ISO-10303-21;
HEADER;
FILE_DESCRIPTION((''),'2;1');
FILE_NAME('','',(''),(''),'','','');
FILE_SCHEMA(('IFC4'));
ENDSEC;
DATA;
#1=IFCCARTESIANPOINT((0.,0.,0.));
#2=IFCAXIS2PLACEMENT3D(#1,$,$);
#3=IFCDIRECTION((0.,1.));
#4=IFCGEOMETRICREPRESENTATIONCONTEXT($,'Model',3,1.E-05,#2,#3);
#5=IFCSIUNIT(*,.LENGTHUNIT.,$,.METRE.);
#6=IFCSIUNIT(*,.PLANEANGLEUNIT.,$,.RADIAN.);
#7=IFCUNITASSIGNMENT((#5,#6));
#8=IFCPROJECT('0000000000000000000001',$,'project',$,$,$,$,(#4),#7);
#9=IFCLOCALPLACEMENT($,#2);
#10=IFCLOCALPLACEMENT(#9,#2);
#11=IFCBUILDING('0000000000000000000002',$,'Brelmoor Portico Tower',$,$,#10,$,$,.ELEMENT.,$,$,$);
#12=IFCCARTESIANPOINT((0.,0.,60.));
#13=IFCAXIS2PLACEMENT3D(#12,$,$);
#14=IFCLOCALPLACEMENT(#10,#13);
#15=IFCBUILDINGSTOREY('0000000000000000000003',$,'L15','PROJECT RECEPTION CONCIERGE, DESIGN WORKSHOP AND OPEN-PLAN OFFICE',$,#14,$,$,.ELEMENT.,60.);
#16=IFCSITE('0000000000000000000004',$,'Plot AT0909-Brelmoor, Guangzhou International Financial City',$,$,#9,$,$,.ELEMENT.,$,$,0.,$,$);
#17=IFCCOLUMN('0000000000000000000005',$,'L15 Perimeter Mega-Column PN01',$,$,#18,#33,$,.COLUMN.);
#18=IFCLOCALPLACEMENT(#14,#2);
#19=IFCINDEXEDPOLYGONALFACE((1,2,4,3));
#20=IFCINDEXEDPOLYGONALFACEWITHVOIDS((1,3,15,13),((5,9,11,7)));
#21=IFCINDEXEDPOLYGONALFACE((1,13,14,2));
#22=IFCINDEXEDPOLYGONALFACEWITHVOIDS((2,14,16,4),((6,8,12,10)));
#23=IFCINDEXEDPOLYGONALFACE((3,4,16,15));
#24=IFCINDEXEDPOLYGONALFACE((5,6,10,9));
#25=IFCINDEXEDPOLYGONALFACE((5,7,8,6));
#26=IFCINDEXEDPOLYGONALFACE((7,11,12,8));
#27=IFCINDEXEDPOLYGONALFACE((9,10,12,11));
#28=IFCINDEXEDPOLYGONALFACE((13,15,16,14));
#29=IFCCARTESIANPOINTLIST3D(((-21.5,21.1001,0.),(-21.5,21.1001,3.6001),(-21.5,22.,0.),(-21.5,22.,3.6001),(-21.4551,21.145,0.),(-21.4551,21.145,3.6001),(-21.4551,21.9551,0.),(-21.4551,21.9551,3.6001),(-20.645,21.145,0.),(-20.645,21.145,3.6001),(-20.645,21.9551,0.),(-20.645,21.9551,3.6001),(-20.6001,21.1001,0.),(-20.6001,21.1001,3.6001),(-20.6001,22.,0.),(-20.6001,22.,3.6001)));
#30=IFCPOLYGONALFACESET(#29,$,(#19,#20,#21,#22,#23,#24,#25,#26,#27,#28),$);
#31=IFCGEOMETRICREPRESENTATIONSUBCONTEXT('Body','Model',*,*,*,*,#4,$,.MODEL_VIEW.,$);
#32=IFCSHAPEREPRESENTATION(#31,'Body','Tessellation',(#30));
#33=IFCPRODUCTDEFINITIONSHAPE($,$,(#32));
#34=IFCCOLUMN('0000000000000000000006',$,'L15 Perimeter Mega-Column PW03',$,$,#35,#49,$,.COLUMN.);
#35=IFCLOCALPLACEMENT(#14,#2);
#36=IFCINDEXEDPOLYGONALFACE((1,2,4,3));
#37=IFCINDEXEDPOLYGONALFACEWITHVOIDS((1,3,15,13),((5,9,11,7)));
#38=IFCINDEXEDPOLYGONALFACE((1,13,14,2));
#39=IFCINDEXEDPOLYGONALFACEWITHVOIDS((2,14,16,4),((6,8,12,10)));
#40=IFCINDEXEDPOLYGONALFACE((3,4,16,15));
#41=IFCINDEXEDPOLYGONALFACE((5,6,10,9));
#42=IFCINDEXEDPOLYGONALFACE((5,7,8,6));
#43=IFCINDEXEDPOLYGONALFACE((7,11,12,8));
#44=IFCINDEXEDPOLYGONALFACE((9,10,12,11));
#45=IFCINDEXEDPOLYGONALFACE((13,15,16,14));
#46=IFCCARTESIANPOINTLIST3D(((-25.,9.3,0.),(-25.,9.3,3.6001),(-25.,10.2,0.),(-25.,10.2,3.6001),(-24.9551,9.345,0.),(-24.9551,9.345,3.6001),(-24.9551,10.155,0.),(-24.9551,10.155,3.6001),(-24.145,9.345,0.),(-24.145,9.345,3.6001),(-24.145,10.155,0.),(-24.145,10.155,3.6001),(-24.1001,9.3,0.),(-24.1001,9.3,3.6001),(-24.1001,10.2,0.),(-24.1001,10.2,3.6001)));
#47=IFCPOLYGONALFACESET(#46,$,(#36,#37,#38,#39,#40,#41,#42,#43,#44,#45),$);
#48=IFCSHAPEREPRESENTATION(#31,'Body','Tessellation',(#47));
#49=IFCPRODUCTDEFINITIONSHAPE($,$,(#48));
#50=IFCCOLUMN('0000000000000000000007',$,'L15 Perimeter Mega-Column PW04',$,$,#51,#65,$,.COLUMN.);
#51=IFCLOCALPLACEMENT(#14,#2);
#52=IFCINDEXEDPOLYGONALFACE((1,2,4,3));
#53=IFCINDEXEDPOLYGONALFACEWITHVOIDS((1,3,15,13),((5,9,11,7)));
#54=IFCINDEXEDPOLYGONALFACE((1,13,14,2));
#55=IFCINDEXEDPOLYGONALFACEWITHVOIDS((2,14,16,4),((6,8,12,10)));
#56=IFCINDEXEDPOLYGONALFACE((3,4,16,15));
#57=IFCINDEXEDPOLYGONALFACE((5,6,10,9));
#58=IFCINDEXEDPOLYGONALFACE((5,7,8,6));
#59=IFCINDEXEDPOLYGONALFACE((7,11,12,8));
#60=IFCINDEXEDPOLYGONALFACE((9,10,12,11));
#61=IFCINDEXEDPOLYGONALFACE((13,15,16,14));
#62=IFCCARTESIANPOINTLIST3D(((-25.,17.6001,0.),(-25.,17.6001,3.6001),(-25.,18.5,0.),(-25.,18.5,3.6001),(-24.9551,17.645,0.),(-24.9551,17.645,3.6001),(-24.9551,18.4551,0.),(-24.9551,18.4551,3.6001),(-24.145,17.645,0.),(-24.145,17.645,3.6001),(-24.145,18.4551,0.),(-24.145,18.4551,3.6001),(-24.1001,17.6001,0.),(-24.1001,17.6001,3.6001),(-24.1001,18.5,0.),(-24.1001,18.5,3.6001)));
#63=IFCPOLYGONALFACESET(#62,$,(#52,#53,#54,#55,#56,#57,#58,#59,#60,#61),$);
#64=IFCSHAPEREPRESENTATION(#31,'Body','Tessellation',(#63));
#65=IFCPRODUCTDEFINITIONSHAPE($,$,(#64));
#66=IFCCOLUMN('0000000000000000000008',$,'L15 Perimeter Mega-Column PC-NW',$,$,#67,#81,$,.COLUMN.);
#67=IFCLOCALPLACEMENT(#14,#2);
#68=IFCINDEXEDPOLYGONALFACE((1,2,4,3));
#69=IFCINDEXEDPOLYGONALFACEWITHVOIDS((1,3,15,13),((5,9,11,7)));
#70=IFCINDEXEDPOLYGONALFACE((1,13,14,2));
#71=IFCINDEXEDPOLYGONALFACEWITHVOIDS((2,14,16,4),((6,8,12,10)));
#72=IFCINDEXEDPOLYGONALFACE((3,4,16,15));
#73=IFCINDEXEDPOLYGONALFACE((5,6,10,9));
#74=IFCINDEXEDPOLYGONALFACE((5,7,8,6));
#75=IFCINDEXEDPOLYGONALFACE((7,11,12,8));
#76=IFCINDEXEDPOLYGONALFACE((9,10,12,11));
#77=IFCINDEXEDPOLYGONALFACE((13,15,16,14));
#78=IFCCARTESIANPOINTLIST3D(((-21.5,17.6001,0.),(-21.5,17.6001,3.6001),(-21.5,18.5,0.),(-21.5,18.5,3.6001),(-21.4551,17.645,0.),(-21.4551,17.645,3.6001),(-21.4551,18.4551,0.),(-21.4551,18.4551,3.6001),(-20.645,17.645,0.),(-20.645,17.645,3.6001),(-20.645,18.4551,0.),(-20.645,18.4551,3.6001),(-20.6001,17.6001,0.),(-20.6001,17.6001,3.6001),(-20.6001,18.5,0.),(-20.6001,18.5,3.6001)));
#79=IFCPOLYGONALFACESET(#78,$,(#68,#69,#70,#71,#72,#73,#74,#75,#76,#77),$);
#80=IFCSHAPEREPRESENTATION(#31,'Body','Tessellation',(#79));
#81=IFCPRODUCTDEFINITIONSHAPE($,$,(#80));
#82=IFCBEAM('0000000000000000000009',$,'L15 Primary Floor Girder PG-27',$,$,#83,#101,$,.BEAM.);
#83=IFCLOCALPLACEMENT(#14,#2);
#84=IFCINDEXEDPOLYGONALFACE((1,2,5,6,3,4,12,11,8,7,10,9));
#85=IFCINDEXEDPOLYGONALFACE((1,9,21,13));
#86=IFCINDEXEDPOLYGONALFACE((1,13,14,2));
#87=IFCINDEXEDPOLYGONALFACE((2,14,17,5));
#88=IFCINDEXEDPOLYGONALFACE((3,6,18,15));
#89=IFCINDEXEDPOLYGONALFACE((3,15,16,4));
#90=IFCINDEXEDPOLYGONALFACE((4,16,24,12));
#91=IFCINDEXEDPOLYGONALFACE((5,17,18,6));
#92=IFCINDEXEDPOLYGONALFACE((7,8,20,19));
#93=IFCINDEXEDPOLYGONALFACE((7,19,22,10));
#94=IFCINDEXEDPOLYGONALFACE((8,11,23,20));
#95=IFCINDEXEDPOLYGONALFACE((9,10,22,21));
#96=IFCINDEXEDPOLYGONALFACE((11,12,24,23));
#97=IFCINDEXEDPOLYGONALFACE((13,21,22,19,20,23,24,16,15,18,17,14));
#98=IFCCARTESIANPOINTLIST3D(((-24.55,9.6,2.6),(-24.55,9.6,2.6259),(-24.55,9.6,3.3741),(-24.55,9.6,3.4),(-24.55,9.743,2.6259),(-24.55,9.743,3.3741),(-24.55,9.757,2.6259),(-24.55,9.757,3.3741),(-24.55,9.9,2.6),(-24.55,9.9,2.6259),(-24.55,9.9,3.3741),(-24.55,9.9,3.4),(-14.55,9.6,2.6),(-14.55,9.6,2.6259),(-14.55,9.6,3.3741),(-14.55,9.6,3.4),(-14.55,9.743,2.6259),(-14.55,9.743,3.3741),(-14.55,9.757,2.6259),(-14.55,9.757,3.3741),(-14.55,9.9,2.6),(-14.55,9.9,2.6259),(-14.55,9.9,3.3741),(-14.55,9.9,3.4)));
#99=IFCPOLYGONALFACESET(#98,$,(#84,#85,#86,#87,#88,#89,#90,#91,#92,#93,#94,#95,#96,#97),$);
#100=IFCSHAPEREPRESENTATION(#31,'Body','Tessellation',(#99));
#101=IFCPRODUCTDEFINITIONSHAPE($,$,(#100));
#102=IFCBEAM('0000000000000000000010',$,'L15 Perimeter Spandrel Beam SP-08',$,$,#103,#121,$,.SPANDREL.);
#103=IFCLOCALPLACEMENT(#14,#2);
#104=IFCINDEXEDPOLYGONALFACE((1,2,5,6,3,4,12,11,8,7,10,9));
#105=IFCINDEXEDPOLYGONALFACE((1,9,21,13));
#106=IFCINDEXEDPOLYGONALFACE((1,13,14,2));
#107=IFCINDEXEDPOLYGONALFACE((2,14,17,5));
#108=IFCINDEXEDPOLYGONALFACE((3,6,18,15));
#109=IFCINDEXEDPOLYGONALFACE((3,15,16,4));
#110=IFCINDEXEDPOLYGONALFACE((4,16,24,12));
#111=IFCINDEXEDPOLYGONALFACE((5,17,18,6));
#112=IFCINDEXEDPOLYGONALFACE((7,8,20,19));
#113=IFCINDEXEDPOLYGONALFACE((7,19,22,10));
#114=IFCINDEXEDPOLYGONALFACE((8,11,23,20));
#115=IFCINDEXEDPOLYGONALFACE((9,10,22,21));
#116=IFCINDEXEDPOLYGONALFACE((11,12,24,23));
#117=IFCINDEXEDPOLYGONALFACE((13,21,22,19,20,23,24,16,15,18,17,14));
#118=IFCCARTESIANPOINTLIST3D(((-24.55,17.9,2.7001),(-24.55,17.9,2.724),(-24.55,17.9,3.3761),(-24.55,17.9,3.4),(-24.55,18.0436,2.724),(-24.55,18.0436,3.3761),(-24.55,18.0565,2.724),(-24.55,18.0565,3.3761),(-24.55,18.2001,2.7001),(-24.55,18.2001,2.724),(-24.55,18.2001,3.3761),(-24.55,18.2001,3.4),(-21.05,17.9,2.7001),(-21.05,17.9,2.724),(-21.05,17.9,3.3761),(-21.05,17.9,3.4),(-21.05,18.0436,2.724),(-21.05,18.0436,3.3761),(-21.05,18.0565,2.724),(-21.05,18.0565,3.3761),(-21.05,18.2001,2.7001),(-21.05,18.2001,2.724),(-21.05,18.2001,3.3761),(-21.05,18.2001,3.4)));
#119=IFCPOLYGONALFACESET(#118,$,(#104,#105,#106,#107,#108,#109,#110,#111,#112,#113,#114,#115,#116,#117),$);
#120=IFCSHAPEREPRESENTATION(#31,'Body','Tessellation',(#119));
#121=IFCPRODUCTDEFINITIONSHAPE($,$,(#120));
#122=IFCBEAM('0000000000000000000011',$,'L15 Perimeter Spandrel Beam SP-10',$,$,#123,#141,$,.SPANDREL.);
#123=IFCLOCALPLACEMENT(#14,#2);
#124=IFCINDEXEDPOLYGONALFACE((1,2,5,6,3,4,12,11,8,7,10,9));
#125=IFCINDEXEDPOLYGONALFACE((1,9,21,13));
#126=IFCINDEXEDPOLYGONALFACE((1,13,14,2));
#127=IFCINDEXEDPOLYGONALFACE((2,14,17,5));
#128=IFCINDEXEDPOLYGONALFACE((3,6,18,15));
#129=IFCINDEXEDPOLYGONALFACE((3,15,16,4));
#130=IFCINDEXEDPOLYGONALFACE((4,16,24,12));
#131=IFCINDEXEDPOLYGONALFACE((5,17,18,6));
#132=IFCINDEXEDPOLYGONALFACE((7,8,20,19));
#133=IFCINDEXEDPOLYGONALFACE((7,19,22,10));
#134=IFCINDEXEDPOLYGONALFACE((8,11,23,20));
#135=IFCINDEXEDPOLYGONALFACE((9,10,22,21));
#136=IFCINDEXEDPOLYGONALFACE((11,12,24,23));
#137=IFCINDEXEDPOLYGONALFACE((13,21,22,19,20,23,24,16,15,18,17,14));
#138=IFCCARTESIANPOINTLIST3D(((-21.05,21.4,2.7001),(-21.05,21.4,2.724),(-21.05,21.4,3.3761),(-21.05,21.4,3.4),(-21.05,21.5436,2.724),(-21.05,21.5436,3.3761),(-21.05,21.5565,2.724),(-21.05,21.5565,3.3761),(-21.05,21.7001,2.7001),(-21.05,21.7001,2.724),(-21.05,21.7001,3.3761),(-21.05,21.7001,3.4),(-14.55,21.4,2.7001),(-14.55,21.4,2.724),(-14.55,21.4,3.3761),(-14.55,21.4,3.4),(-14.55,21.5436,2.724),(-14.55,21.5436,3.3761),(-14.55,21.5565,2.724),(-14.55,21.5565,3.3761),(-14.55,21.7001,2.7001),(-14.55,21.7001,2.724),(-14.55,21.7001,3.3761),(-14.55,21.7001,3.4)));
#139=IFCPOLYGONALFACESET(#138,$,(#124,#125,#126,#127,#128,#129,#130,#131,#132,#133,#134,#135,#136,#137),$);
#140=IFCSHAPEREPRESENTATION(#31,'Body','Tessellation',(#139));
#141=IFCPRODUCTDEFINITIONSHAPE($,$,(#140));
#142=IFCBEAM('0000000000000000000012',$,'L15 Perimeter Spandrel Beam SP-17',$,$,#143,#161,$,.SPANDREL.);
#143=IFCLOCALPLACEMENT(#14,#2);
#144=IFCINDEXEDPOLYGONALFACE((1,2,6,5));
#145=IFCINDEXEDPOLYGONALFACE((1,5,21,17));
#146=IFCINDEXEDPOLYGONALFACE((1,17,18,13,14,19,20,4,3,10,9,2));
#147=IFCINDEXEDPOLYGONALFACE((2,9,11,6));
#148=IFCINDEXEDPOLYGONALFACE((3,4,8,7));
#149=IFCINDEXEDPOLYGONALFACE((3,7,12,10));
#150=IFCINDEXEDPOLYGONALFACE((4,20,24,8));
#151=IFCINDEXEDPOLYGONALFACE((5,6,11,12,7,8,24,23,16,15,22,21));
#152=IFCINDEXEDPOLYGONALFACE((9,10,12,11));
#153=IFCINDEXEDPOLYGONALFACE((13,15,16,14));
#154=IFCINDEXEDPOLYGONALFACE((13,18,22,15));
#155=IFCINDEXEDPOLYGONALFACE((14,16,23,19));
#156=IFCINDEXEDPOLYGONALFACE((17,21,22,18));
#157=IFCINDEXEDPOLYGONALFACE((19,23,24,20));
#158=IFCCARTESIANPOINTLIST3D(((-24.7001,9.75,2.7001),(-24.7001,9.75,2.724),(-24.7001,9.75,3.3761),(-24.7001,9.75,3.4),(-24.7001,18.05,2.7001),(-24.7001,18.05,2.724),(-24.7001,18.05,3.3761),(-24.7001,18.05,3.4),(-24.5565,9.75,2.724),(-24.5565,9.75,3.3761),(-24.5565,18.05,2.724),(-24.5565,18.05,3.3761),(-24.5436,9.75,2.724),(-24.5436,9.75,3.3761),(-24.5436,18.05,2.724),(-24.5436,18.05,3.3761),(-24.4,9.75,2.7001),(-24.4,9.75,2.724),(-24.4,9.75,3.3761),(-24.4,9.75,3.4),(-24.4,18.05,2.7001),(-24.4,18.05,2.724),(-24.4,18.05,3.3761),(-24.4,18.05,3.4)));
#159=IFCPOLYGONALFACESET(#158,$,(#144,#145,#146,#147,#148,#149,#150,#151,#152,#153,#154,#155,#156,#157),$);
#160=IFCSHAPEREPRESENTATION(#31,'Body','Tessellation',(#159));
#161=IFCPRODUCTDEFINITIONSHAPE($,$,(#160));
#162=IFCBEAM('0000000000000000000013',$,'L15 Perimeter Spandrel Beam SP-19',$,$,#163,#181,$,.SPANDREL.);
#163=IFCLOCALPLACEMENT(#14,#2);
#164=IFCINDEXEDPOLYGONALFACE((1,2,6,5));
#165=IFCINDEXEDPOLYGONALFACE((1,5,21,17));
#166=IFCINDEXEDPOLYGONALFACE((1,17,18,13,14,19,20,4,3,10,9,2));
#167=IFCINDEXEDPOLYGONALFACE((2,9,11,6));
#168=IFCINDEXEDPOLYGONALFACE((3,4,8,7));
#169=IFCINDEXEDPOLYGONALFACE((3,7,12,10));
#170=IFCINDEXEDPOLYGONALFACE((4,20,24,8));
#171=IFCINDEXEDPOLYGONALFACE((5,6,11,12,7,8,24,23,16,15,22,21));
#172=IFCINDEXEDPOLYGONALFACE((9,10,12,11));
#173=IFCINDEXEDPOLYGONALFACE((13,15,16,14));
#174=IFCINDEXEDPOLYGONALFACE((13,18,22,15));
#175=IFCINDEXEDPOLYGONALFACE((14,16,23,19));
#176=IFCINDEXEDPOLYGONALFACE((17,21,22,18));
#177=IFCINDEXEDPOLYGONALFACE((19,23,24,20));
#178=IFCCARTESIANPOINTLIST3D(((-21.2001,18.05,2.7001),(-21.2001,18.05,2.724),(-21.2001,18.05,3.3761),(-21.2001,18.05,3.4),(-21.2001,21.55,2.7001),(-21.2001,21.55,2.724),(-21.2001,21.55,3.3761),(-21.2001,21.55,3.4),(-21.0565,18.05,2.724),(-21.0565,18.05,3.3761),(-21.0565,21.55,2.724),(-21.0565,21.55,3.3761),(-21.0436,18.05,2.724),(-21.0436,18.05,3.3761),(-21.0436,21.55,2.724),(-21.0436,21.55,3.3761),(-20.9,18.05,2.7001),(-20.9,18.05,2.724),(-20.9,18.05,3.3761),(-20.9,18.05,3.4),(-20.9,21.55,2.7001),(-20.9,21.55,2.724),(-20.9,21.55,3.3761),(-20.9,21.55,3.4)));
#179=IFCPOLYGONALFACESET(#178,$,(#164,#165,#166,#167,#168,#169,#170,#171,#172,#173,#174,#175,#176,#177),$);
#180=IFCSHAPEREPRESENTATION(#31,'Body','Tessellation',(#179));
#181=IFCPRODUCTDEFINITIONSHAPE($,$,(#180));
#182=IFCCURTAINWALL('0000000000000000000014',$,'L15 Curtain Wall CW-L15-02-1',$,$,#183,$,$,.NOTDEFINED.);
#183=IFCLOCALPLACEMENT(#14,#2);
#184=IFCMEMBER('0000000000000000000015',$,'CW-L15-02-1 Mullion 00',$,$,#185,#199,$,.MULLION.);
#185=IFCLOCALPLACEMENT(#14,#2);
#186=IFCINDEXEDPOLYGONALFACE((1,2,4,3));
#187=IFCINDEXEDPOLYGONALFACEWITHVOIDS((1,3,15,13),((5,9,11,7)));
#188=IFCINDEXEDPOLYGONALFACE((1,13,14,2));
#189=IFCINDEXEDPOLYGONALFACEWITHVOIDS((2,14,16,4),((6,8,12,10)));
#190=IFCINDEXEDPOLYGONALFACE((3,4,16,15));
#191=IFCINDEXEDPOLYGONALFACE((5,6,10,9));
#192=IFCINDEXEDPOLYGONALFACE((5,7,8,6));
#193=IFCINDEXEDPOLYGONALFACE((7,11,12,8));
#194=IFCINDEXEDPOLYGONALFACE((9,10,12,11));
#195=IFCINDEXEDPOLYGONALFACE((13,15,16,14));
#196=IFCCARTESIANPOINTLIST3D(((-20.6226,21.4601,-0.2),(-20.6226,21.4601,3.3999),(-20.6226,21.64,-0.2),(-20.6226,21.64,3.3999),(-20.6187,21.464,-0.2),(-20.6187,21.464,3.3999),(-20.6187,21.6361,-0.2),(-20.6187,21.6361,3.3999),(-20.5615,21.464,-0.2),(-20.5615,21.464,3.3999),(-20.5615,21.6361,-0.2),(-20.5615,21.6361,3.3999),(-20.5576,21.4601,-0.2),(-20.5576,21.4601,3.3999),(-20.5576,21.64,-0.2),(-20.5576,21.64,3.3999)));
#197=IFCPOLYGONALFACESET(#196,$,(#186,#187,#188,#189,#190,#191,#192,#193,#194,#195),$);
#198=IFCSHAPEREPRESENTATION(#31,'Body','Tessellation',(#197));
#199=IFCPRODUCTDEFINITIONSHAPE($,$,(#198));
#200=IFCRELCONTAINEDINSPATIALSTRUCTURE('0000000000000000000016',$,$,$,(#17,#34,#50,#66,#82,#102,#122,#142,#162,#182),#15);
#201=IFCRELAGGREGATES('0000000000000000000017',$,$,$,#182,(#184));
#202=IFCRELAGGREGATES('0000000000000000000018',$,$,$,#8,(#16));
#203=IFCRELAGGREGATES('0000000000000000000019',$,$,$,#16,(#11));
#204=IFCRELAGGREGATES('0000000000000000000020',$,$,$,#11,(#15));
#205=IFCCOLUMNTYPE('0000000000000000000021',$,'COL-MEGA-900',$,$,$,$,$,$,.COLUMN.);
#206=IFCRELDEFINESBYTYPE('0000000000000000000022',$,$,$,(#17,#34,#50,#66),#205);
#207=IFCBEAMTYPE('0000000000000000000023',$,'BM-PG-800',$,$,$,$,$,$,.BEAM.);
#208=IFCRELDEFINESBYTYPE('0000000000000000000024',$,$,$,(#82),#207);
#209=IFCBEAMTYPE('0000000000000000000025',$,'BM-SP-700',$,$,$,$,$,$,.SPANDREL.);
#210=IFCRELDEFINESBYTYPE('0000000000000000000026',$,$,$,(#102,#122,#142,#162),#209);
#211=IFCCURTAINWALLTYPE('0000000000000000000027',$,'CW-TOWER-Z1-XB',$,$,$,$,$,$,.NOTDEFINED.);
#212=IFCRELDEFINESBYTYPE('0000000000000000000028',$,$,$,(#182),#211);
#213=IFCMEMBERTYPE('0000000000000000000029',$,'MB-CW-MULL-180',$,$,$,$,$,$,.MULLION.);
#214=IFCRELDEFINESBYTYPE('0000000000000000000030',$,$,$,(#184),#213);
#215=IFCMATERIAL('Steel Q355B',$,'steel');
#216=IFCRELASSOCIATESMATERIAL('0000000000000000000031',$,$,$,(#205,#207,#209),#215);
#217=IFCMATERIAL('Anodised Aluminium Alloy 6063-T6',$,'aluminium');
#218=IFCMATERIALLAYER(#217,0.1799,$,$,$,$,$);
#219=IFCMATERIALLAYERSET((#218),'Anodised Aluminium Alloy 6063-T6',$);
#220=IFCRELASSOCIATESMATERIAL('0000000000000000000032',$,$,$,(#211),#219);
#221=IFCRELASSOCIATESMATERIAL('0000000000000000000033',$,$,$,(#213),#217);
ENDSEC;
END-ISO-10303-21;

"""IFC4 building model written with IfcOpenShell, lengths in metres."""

from ifc_helpers import new_model, si_unit, direction, frame, origin, origin_2d, place, context, subcontext, project, spatial, hollow_rectangle, i_section, extrude, material, layer, layer_set, material_profile, profile_set, type_object, element, aggregate, save


model = new_model("IFC4")

# Units and contexts
model_context = context("Model", 3, precision=1e-05, world=origin(), true_north=direction((0.0, 1.0)))
body_context = subcontext(model_context, "Body", "Model", "MODEL_VIEW")
ifc_project = project(units=[si_unit("LENGTHUNIT", "METRE"), si_unit("PLANEANGLEUNIT", "RADIAN")], contexts=[model_context])

# Site, building, storey
site_placement = place(None, origin())
site = spatial("IfcSite", under=ifc_project, at=site_placement, Name="Plot AT0909-Brelmoor, Guangzhou International Financial City", CompositionType="ELEMENT", RefElevation=0.0)
building_placement = place(site_placement, origin())
building = spatial("IfcBuilding", under=site, at=building_placement, Name="Brelmoor Portico Tower", CompositionType="ELEMENT")
storey_placement = place(building_placement, frame((0.0, 0.0, 60.0)))
storey = spatial("IfcBuildingStorey", under=building, at=storey_placement, Name="L15", Description="PROJECT RECEPTION CONCIERGE, DESIGN WORKSHOP AND OPEN-PLAN OFFICE", CompositionType="ELEMENT", Elevation=60.0)

# Columns
ifc_material_1 = material(Name="Steel Q355B", Category="steel")
ifc_material_profile_1 = material_profile(ifc_material_1, hollow_rectangle(XDim=0.8999, YDim=0.8999, WallThickness=0.0449, at=origin_2d()), Name="BOX 900x900x45")
ifc_profile_set_1 = profile_set([ifc_material_profile_1], Name="Steel Q355B")
column_type = type_object("IfcColumnType", Name="COL-MEGA-900", PredefinedType="COLUMN", material=ifc_profile_set_1)
for number, where, z_axis, x_axis, name in (
    (1, (-21.05, 21.55, 0.0), (0.0, 0.0, 1.0), (1.0, 0.0, 0.0), "L15 Perimeter Mega-Column PN01"),
    (2, (-24.55, 9.75, 0.0), (0.0, 0.0, 1.0), (0.0, 1.0, 0.0), "L15 Perimeter Mega-Column PW03"),
    (3, (-24.55, 18.05, 0.0), (0.0, 0.0, 1.0), (0.0, 1.0, 0.0), "L15 Perimeter Mega-Column PW04"),
    (4, (-21.05, 18.05, 0.0), (0.0, 0.0, 1.0), (1.0, 0.0, 0.0), "L15 Perimeter Mega-Column PC-NW"),
):
    element("IfcColumn", number, at=place(storey_placement, frame(where, z_axis=z_axis, x_axis=x_axis)), inside=storey, type_object=column_type, Name=name, PredefinedType="COLUMN", context=body_context, shape_type="SweptSolid", body=[
        extrude(hollow_rectangle(XDim=0.8999, YDim=0.8999, WallThickness=0.0449, at=origin_2d()), origin(), (0.0, 0.0, 1.0), 3.6001),
    ])

# Beams
ifc_material_profile_2 = material_profile(ifc_material_1, i_section(OverallWidth=0.3, OverallDepth=0.8, WebThickness=0.0139, FlangeThickness=0.0259, at=origin_2d()), Name="HN 800x300x14x26")
ifc_profile_set_2 = profile_set([ifc_material_profile_2], Name="Steel Q355B")
beam_type_1 = type_object("IfcBeamType", Name="BM-PG-800", PredefinedType="BEAM", material=ifc_profile_set_2)
beam_1_placement = place(storey_placement, frame((-24.55, 9.75, 3.0), z_axis=(1.0, 0.0, 0.0), x_axis=(0.0, 1.0, 0.0)))
element("IfcBeam", 5, at=beam_1_placement, inside=storey, type_object=beam_type_1, Name="L15 Primary Floor Girder PG-27", PredefinedType="BEAM", context=body_context, shape_type="SweptSolid", body=[
    extrude(i_section(OverallWidth=0.3, OverallDepth=0.8, WebThickness=0.0139, FlangeThickness=0.0259, at=origin_2d()), origin(), (0.0, 0.0, 1.0), 10.0),
])
ifc_material_profile_3 = material_profile(ifc_material_1, i_section(OverallWidth=0.3, OverallDepth=0.7, WebThickness=0.0129, FlangeThickness=0.0239, at=origin_2d()), Name="HN 700x300x13x24")
ifc_profile_set_3 = profile_set([ifc_material_profile_3], Name="Steel Q355B")
beam_type_2 = type_object("IfcBeamType", Name="BM-SP-700", PredefinedType="SPANDREL", material=ifc_profile_set_3)
beam_2_placement = place(storey_placement, frame((-24.55, 18.05, 3.05), z_axis=(1.0, 0.0, 0.0), x_axis=(0.0, 1.0, 0.0)))
element("IfcBeam", 6, at=beam_2_placement, inside=storey, type_object=beam_type_2, Name="L15 Perimeter Spandrel Beam SP-08", PredefinedType="SPANDREL", context=body_context, shape_type="SweptSolid", body=[
    extrude(i_section(OverallWidth=0.3, OverallDepth=0.7, WebThickness=0.0129, FlangeThickness=0.0239, at=origin_2d()), origin(), (0.0, 0.0, 1.0), 3.5),
])
beam_3_placement = place(storey_placement, frame((-21.05, 21.55, 3.05), z_axis=(1.0, 0.0, 0.0), x_axis=(0.0, 1.0, 0.0)))
element("IfcBeam", 7, at=beam_3_placement, inside=storey, type_object=beam_type_2, Name="L15 Perimeter Spandrel Beam SP-10", PredefinedType="SPANDREL", context=body_context, shape_type="SweptSolid", body=[
    extrude(i_section(OverallWidth=0.3, OverallDepth=0.7, WebThickness=0.0129, FlangeThickness=0.0239, at=origin_2d()), origin(), (0.0, 0.0, 1.0), 6.5),
])
beam_4_placement = place(storey_placement, frame((-24.55, 9.75, 3.05), z_axis=(0.0, 1.0, 0.0), x_axis=(-1.0, 0.0, 0.0)))
element("IfcBeam", 8, at=beam_4_placement, inside=storey, type_object=beam_type_2, Name="L15 Perimeter Spandrel Beam SP-17", PredefinedType="SPANDREL", context=body_context, shape_type="SweptSolid", body=[
    extrude(i_section(OverallWidth=0.3, OverallDepth=0.7, WebThickness=0.0129, FlangeThickness=0.0239, at=origin_2d()), origin(), (0.0, 0.0, 1.0), 8.3),
])
beam_5_placement = place(storey_placement, frame((-21.05, 18.05, 3.05), z_axis=(0.0, 1.0, 0.0), x_axis=(-1.0, 0.0, 0.0)))
element("IfcBeam", 9, at=beam_5_placement, inside=storey, type_object=beam_type_2, Name="L15 Perimeter Spandrel Beam SP-19", PredefinedType="SPANDREL", context=body_context, shape_type="SweptSolid", body=[
    extrude(i_section(OverallWidth=0.3, OverallDepth=0.7, WebThickness=0.0129, FlangeThickness=0.0239, at=origin_2d()), origin(), (0.0, 0.0, 1.0), 3.5),
])

# Curtain wall, member
ifc_material_2 = material(Name="Anodised Aluminium Alloy 6063-T6", Category="aluminium")
ifc_layer_1 = layer(ifc_material_2, 0.1799)
ifc_layer_set_1 = layer_set([ifc_layer_1], Name="Anodised Aluminium Alloy 6063-T6")
curtain_wall_type = type_object("IfcCurtainWallType", Name="CW-TOWER-Z1-XB", PredefinedType="NOTDEFINED", material=ifc_layer_set_1)
curtain_wall_1_placement = place(storey_placement, origin())
curtain_wall_1 = element("IfcCurtainWall", 10, at=curtain_wall_1_placement, inside=storey, type_object=curtain_wall_type, Name="L15 Curtain Wall CW-L15-02-1", PredefinedType="NOTDEFINED")
ifc_material_profile_4 = material_profile(ifc_material_2, hollow_rectangle(XDim=0.0649, YDim=0.1799, WallThickness=0.0039, at=origin_2d()), Name="ALU MULLION 65x180")
ifc_profile_set_4 = profile_set([ifc_material_profile_4], Name="Anodised Aluminium Alloy 6063-T6")
member_type_1 = type_object("IfcMemberType", Name="MB-CW-MULL-180", PredefinedType="MULLION", material=ifc_profile_set_4)
member_1_placement = place(storey_placement, frame((-20.5901, 21.55, -0.2), z_axis=(0.0, 0.0, 1.0), x_axis=(1.0, 0.0, 0.0)))
member_1 = element("IfcMember", 11, at=member_1_placement, type_object=member_type_1, Name="CW-L15-02-1 Mullion 00", PredefinedType="MULLION", context=body_context, shape_type="SweptSolid", body=[
    extrude(hollow_rectangle(XDim=0.0649, YDim=0.1799, WallThickness=0.0039, at=origin_2d()), origin(), (0.0, 0.0, 1.0), 3.5999),
])

aggregate(curtain_wall_1, [member_1])

save(model, "model.ifc")
